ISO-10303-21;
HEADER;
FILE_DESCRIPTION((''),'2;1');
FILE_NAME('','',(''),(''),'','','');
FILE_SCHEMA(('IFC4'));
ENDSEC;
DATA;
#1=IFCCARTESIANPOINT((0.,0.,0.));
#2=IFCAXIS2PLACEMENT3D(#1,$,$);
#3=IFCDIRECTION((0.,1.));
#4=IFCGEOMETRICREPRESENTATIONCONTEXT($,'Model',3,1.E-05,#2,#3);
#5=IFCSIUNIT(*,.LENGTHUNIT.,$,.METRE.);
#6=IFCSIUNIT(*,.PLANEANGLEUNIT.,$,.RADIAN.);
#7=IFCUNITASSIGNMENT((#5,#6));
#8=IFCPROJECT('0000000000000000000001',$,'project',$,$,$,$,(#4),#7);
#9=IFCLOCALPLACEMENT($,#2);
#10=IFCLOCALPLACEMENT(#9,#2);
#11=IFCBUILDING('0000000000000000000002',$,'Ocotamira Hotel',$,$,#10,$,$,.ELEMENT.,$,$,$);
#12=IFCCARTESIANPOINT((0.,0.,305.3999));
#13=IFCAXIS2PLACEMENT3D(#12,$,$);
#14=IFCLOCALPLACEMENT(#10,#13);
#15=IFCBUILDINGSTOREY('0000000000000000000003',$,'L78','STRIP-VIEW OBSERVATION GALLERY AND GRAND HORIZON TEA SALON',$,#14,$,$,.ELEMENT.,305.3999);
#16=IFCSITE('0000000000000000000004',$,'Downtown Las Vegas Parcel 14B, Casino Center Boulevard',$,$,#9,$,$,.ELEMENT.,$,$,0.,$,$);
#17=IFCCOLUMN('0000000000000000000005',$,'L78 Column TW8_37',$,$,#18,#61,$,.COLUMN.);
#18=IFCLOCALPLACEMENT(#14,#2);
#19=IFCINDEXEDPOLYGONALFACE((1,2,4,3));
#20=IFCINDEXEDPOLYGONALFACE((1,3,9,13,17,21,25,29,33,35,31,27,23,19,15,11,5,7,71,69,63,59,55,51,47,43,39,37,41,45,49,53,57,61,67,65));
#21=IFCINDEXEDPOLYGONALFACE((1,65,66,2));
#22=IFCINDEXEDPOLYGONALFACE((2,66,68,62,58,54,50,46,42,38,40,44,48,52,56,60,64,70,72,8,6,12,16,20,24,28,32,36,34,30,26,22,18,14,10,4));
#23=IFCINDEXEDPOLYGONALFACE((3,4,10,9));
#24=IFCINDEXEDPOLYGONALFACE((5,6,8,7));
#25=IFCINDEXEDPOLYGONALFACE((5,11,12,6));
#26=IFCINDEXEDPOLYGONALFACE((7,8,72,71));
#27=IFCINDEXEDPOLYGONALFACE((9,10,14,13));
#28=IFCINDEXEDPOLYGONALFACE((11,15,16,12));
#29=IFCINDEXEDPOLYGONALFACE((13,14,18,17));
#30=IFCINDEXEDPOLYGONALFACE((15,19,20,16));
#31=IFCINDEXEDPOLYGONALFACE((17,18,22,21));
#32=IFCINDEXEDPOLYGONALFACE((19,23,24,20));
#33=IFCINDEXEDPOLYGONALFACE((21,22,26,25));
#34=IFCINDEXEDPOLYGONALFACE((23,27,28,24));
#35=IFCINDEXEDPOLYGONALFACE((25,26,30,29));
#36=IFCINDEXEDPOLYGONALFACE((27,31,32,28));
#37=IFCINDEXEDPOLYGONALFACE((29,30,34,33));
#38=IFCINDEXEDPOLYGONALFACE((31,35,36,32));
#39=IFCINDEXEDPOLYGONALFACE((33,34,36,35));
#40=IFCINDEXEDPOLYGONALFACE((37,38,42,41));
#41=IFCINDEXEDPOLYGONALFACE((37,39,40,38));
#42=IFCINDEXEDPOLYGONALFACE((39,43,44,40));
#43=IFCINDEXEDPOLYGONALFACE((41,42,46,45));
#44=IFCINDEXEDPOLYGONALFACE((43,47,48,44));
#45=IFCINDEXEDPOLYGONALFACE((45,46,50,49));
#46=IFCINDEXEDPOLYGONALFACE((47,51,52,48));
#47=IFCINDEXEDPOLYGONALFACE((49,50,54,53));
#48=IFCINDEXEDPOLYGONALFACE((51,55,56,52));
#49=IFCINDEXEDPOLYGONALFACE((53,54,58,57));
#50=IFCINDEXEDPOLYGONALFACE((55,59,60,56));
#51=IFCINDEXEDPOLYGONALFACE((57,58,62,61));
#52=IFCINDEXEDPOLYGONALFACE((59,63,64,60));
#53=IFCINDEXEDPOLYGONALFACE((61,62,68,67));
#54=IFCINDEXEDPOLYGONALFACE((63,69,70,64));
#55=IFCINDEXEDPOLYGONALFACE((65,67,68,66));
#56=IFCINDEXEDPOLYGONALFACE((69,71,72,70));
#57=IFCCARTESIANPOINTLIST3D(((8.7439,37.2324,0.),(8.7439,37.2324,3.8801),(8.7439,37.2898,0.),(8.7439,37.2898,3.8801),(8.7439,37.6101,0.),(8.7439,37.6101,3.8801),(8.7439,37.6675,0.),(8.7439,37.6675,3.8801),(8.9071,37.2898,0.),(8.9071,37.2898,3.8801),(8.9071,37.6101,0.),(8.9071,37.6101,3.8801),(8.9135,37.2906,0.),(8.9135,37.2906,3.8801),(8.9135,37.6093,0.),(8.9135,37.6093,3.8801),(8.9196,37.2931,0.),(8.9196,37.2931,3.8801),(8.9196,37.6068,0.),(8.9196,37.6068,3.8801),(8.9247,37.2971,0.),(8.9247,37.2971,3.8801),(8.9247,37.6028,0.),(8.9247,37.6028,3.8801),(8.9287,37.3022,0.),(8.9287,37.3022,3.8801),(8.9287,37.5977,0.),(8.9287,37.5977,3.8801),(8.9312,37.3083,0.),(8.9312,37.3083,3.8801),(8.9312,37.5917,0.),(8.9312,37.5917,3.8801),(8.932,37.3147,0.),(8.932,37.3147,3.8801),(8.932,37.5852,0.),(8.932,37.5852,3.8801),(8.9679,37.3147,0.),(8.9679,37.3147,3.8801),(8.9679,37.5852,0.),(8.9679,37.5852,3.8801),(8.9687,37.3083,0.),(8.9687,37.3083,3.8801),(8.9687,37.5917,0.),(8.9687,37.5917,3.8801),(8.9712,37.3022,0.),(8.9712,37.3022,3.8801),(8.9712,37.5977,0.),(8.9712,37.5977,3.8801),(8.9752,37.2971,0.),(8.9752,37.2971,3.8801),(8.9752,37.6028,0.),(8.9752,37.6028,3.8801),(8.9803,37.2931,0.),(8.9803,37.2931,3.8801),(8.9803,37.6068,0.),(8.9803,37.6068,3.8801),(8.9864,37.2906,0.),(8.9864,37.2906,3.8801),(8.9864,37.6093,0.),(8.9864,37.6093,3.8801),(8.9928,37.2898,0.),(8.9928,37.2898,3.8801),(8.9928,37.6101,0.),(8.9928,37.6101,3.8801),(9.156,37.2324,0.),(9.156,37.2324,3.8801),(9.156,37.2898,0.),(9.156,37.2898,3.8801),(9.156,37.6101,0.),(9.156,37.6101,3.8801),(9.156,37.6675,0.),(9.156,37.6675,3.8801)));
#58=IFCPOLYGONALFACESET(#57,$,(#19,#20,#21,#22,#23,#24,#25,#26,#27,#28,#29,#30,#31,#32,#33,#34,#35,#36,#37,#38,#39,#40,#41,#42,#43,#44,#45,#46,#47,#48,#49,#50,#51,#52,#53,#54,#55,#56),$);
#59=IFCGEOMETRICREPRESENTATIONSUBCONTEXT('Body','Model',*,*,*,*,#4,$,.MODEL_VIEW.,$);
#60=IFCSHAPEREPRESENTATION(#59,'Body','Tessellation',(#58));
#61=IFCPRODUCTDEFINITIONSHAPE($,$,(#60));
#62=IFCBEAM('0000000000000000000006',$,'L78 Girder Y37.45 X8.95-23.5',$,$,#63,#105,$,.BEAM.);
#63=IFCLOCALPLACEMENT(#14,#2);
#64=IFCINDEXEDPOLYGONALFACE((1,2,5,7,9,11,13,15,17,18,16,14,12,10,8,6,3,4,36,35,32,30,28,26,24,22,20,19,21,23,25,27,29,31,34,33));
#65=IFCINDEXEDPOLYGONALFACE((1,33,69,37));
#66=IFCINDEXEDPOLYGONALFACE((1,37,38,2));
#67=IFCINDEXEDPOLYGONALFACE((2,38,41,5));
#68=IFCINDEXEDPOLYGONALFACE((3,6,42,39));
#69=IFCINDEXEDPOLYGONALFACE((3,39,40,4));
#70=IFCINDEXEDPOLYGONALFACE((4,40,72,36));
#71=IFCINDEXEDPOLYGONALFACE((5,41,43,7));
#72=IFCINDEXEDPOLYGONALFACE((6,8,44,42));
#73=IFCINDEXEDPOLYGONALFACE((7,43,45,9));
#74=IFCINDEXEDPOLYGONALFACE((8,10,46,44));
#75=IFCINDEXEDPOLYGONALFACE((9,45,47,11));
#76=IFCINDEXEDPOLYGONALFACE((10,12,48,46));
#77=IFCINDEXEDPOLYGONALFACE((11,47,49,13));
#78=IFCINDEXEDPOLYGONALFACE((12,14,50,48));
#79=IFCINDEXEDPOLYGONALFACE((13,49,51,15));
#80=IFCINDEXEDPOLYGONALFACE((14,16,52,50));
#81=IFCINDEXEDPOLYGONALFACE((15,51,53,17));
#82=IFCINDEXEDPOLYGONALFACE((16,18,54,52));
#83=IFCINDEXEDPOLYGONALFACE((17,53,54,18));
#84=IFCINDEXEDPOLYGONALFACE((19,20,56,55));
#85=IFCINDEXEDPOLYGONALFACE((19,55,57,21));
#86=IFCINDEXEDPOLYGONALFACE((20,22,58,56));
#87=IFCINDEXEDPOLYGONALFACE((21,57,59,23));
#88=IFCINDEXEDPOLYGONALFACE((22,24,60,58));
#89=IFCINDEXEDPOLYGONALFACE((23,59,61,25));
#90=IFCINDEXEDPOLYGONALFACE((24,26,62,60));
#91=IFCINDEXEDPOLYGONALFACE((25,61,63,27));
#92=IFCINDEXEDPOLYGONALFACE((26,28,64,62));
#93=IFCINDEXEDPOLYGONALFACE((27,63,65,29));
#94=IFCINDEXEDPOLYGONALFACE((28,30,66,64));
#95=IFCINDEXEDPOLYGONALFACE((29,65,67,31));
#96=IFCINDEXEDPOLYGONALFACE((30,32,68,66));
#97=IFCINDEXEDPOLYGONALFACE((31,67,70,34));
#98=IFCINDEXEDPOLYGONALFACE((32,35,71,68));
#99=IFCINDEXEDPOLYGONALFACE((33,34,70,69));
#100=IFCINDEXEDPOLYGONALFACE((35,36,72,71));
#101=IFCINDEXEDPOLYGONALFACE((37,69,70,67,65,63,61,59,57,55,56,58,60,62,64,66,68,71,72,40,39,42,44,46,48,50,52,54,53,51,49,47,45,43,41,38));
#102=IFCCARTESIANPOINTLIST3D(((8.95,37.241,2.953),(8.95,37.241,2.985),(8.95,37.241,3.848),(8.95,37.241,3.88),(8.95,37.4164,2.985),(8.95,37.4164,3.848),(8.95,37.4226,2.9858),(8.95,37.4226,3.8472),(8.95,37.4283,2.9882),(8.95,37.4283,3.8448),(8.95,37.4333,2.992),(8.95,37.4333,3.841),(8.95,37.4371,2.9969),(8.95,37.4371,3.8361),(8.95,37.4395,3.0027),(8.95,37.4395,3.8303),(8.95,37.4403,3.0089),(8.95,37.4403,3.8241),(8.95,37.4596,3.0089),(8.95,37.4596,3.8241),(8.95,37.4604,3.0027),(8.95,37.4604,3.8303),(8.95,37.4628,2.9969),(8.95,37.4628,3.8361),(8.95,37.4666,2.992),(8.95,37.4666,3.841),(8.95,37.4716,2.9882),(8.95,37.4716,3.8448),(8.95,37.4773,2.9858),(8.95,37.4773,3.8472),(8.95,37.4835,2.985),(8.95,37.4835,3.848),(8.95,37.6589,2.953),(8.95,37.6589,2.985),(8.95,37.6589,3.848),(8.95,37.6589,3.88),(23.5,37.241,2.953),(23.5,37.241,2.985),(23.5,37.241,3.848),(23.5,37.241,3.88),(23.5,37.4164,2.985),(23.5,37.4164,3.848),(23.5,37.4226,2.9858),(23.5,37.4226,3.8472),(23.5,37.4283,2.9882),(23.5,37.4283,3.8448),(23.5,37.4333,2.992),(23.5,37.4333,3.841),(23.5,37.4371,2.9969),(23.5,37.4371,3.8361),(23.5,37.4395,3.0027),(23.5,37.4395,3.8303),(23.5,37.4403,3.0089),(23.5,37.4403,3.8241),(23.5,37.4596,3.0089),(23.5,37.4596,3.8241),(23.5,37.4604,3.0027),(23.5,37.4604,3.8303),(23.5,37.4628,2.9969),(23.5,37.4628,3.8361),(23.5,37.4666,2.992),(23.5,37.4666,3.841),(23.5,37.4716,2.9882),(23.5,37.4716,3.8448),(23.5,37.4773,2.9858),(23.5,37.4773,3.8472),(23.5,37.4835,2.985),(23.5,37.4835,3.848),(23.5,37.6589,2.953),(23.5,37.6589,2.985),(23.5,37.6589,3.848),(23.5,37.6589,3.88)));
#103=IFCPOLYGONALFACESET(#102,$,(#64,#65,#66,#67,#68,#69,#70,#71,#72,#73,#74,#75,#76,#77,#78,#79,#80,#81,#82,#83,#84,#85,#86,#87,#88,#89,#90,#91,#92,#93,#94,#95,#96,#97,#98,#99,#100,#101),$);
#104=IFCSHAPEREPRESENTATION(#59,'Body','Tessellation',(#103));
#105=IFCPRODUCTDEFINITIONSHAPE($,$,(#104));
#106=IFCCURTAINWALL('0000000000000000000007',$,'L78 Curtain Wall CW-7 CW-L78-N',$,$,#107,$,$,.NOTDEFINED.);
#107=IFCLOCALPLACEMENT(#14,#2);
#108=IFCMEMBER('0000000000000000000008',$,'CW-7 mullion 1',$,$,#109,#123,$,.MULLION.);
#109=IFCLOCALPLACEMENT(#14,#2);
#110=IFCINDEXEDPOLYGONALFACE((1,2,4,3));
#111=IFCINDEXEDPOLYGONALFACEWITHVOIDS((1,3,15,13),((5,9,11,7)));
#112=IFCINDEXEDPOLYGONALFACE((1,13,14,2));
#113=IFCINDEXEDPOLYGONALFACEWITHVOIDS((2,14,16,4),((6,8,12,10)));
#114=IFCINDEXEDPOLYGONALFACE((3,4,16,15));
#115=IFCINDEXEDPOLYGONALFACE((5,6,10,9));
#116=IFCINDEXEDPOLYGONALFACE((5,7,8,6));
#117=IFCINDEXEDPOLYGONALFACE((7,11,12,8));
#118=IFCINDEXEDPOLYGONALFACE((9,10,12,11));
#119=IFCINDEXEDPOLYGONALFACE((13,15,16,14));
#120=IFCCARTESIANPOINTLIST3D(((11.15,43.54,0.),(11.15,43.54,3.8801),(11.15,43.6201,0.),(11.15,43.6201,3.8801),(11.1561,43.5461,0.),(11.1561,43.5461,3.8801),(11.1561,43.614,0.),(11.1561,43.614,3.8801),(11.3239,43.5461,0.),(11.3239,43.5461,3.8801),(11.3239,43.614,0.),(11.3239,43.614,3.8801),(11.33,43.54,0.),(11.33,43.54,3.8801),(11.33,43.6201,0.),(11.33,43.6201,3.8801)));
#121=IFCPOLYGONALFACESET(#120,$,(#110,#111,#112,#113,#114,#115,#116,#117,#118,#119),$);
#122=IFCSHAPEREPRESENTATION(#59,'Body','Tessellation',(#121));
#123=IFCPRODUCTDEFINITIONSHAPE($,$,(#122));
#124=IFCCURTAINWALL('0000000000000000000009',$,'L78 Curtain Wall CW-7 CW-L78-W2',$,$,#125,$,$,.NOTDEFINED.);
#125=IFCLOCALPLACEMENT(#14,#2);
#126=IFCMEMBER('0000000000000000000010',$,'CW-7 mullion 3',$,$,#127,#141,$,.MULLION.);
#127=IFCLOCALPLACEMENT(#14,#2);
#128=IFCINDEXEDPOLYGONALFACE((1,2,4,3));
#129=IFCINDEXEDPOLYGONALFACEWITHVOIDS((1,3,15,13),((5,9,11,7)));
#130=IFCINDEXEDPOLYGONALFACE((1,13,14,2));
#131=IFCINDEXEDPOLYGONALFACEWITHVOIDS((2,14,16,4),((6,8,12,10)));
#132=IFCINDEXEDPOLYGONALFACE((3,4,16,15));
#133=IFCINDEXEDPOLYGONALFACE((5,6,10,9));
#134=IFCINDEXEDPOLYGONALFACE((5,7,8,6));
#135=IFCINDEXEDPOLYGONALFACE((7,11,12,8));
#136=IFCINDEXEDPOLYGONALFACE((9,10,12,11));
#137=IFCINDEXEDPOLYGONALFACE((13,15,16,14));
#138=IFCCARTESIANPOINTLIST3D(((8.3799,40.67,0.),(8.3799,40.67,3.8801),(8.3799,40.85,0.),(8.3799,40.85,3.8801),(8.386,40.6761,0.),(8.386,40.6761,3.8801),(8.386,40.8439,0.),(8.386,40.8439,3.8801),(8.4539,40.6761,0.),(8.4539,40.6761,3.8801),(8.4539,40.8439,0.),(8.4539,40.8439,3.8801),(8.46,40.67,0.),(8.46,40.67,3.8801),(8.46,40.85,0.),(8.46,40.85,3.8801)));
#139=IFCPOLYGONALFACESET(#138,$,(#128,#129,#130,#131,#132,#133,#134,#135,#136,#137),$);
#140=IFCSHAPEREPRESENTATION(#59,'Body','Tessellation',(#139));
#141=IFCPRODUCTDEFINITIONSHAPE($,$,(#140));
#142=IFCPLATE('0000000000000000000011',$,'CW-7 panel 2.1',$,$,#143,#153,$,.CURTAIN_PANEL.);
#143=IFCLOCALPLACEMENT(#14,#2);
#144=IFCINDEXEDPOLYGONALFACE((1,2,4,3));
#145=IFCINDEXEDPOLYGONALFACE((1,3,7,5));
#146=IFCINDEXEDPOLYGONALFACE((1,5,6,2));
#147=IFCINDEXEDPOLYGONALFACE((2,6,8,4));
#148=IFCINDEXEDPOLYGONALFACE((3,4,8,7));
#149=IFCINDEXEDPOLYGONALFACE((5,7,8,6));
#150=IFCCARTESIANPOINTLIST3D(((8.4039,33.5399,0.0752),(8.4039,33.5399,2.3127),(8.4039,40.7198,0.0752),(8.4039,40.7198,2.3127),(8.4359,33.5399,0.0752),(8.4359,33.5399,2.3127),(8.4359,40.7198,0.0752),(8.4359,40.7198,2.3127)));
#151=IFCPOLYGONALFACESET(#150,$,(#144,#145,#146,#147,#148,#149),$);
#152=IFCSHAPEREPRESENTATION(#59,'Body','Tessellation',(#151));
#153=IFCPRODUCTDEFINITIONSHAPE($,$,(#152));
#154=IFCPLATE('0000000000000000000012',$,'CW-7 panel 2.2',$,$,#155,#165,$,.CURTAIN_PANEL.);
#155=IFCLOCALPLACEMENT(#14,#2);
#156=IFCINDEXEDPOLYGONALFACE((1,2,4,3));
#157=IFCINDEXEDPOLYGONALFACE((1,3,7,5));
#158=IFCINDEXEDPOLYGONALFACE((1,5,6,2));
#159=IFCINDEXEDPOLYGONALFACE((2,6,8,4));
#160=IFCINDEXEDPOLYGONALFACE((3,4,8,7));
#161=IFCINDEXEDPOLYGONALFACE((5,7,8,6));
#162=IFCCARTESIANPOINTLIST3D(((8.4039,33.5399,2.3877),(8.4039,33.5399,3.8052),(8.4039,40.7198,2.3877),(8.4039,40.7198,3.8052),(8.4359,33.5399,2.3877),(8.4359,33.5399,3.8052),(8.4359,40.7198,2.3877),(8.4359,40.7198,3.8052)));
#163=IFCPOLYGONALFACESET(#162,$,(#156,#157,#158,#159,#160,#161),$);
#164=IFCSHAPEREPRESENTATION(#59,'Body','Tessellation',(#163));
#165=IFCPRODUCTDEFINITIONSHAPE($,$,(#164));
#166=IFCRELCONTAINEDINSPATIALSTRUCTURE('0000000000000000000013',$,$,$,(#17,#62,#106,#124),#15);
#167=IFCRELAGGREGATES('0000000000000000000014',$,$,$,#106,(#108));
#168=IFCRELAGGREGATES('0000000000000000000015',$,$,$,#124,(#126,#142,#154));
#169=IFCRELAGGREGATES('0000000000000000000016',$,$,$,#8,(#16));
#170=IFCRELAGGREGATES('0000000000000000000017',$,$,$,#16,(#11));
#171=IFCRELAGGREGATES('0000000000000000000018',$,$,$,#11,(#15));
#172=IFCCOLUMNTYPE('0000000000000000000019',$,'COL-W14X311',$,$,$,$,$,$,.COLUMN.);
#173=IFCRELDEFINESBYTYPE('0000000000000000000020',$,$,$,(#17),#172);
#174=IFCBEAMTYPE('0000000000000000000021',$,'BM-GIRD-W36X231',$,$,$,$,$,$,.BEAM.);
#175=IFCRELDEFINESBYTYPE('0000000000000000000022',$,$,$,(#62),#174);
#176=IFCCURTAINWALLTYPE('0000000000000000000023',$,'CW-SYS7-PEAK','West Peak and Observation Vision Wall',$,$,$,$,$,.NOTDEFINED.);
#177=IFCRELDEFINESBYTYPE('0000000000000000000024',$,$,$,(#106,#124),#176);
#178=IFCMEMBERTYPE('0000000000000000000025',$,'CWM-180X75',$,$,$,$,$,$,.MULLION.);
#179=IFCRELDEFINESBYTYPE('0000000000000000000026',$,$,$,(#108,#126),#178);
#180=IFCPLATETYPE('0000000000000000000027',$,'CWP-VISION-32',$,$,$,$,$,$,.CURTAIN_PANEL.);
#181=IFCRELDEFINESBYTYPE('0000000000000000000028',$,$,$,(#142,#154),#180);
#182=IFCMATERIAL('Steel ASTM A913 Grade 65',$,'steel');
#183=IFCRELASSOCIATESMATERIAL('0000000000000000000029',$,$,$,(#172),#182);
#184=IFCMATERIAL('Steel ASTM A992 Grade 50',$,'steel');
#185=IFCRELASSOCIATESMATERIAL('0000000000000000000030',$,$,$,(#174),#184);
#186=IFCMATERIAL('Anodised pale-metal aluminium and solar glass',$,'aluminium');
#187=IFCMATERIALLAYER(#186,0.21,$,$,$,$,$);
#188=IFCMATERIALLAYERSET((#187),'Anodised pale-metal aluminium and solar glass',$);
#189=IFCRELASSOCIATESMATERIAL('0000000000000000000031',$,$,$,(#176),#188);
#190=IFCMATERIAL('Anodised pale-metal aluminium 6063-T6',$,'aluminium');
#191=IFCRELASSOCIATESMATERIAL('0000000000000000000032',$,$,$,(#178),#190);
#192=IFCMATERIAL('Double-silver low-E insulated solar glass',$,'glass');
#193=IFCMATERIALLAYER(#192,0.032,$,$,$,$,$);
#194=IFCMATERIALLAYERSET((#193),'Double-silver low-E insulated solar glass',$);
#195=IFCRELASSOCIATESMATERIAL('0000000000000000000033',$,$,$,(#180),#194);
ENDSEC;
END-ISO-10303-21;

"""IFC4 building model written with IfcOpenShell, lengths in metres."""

from ifc_helpers import new_model, si_unit, direction, frame, origin, origin_2d, place, context, subcontext, project, spatial, rectangle, hollow_rectangle, i_section, extrude, source, transform, mapped, material, layer, layer_set, material_profile, profile_set, type_object, element, aggregate, save


model = new_model("IFC4")

# Units and contexts
model_context = context("Model", 3, precision=1e-05, world=origin(), true_north=direction((0.0, 1.0)))
body_context = subcontext(model_context, "Body", "Model", "MODEL_VIEW")
ifc_project = project(units=[si_unit("LENGTHUNIT", "METRE"), si_unit("PLANEANGLEUNIT", "RADIAN")], contexts=[model_context])

# Site, building, storey
site_placement = place(None, origin())
site = spatial("IfcSite", under=ifc_project, at=site_placement, Name="Downtown Las Vegas Parcel 14B, Casino Center Boulevard", CompositionType="ELEMENT", RefElevation=0.0)
building_placement = place(site_placement, origin())
building = spatial("IfcBuilding", under=site, at=building_placement, Name="Ocotamira Hotel", CompositionType="ELEMENT")
storey_placement = place(building_placement, frame((0.0, 0.0, 305.3999)))
storey = spatial("IfcBuildingStorey", under=building, at=storey_placement, Name="L78", Description="STRIP-VIEW OBSERVATION GALLERY AND GRAND HORIZON TEA SALON", CompositionType="ELEMENT", Elevation=305.3999)

# Column
ifc_material_1 = material(Name="Steel ASTM A913 Grade 65", Category="steel")
ifc_material_profile_1 = material_profile(ifc_material_1, i_section(OverallWidth=0.4121, OverallDepth=0.4351, WebThickness=0.0359, FlangeThickness=0.0574, FilletRadius=0.0249, at=origin_2d()), Name="W14X311")
ifc_profile_set_1 = profile_set([ifc_material_profile_1], Name="Steel ASTM A913 Grade 65")
column_type = type_object("IfcColumnType", Name="COL-W14X311", PredefinedType="COLUMN", material=ifc_profile_set_1)
shared_shape_1 = source(origin(), body_context, "Body", "SweptSolid", [
    extrude(i_section(OverallWidth=0.4121, OverallDepth=0.4351, WebThickness=0.0359, FlangeThickness=0.0574, FilletRadius=0.0249, at=origin_2d()), origin(), (0.0, 0.0, 1.0), 3.8801),
])
column_placement = place(storey_placement, frame((8.95, 37.45, 0.0), z_axis=(0.0, 0.0, 1.0), x_axis=(1.0, 0.0, 0.0)))
element("IfcColumn", 1, at=column_placement, inside=storey, type_object=column_type, Name="L78 Column TW8_37", PredefinedType="COLUMN", context=body_context, shape_type="MappedRepresentation", body=[
    mapped(shared_shape_1, transform((0.0, 0.0, 0.0), scale=1.0)),
])

# Beam
ifc_material_2 = material(Name="Steel ASTM A992 Grade 50", Category="steel")
ifc_material_profile_2 = material_profile(ifc_material_2, i_section(OverallWidth=0.418, OverallDepth=0.927, WebThickness=0.0193, FlangeThickness=0.032, FilletRadius=0.0239, at=origin_2d()), Name="W36X231")
ifc_profile_set_2 = profile_set([ifc_material_profile_2], Name="Steel ASTM A992 Grade 50")
beam_type = type_object("IfcBeamType", Name="BM-GIRD-W36X231", PredefinedType="BEAM", material=ifc_profile_set_2)
shared_shape_2 = source(origin(), body_context, "Body", "SweptSolid", [
    extrude(i_section(OverallWidth=0.418, OverallDepth=0.927, WebThickness=0.0193, FlangeThickness=0.032, FilletRadius=0.0239, at=origin_2d()), origin(), (0.0, 0.0, 1.0), 14.55),
])
beam_placement = place(storey_placement, frame((8.95, 37.45, 3.4165), z_axis=(1.0, 0.0, 0.0), x_axis=(0.0, 1.0, 0.0)))
element("IfcBeam", 2, at=beam_placement, inside=storey, type_object=beam_type, Name="L78 Girder Y37.45 X8.95-23.5", PredefinedType="BEAM", context=body_context, shape_type="MappedRepresentation", body=[
    mapped(shared_shape_2, transform((0.0, 0.0, 0.0), scale=1.0)),
])

# Curtain wall, member
ifc_material_3 = material(Name="Anodised pale-metal aluminium and solar glass", Category="aluminium")
ifc_layer_1 = layer(ifc_material_3, 0.21)
ifc_layer_set_1 = layer_set([ifc_layer_1], Name="Anodised pale-metal aluminium and solar glass")
curtain_wall_type = type_object("IfcCurtainWallType", Name="CW-SYS7-PEAK", Description="West Peak and Observation Vision Wall", PredefinedType="NOTDEFINED", material=ifc_layer_set_1)
curtain_wall_1_placement = place(storey_placement, origin())
curtain_wall_1 = element("IfcCurtainWall", 3, at=curtain_wall_1_placement, inside=storey, type_object=curtain_wall_type, Name="L78 Curtain Wall CW-7 CW-L78-N", PredefinedType="NOTDEFINED")
ifc_material_4 = material(Name="Anodised pale-metal aluminium 6063-T6", Category="aluminium")
ifc_material_profile_3 = material_profile(ifc_material_4, hollow_rectangle(XDim=0.0801, YDim=0.1799, WallThickness=0.0061, at=origin_2d()), Name="HSS180X80X6")
ifc_profile_set_3 = profile_set([ifc_material_profile_3], Name="Anodised pale-metal aluminium 6063-T6")
member_type = type_object("IfcMemberType", Name="CWM-180X75", PredefinedType="MULLION", material=ifc_profile_set_3)
shared_shape_3 = source(origin(), body_context, "Body", "SweptSolid", [
    extrude(hollow_rectangle(XDim=0.0801, YDim=0.1799, WallThickness=0.0061, at=origin_2d()), origin(), (0.0, 0.0, 1.0), 3.8801),
])
member_1_placement = place(storey_placement, frame((11.24, 43.5801, 0.0), z_axis=(0.0, 0.0, 1.0), x_axis=(0.0, 1.0, 0.0)))
member_1 = element("IfcMember", 4, at=member_1_placement, type_object=member_type, Name="CW-7 mullion 1", PredefinedType="MULLION", context=body_context, shape_type="MappedRepresentation", body=[
    mapped(shared_shape_3, transform((0.0, 0.0, 0.0), scale=1.0)),
])
aggregate(curtain_wall_1, [member_1])

# Curtain wall, member, plates
curtain_wall_2_placement = place(storey_placement, origin())
curtain_wall_2 = element("IfcCurtainWall", 5, at=curtain_wall_2_placement, inside=storey, type_object=curtain_wall_type, Name="L78 Curtain Wall CW-7 CW-L78-W2", PredefinedType="NOTDEFINED")
member_2_placement = place(storey_placement, frame((8.4199, 40.76, 0.0), z_axis=(0.0, 0.0, 1.0), x_axis=(-1.0, 0.0, 0.0)))
member_2 = element("IfcMember", 6, at=member_2_placement, type_object=member_type, Name="CW-7 mullion 3", PredefinedType="MULLION", context=body_context, shape_type="MappedRepresentation", body=[
    mapped(shared_shape_3, transform((0.0, 0.0, 0.0), scale=1.0)),
])
ifc_material_5 = material(Name="Double-silver low-E insulated solar glass", Category="glass")
ifc_layer_2 = layer(ifc_material_5, 0.032)
ifc_layer_set_2 = layer_set([ifc_layer_2], Name="Double-silver low-E insulated solar glass")
plate_type = type_object("IfcPlateType", Name="CWP-VISION-32", PredefinedType="CURTAIN_PANEL", material=ifc_layer_set_2)
shared_shape_4 = source(origin(), body_context, "Body", "SweptSolid", [
    extrude(rectangle(XDim=7.1799, YDim=0.032, at=origin_2d()), origin(), (0.0, 0.0, 1.0), 2.2375),
])
plate_1_placement = place(storey_placement, frame((8.4199, 37.1299, 0.0752), z_axis=(0.0, 0.0, 1.0), x_axis=(0.0, 1.0, 0.0)))
plate_1 = element("IfcPlate", 7, at=plate_1_placement, type_object=plate_type, Name="CW-7 panel 2.1", PredefinedType="CURTAIN_PANEL", context=body_context, shape_type="MappedRepresentation", body=[
    mapped(shared_shape_4, transform((0.0, 0.0, 0.0), scale=1.0)),
])
shared_shape_5 = source(origin(), body_context, "Body", "SweptSolid", [
    extrude(rectangle(XDim=7.1799, YDim=0.032, at=origin_2d()), origin(), (0.0, 0.0, 1.0), 1.4175),
])
plate_2_placement = place(storey_placement, frame((8.4199, 37.1299, 2.3877), z_axis=(0.0, 0.0, 1.0), x_axis=(0.0, 1.0, 0.0)))
plate_2 = element("IfcPlate", 8, at=plate_2_placement, type_object=plate_type, Name="CW-7 panel 2.2", PredefinedType="CURTAIN_PANEL", context=body_context, shape_type="MappedRepresentation", body=[
    mapped(shared_shape_5, transform((0.0, 0.0, 0.0), scale=1.0)),
])
aggregate(curtain_wall_2, [member_2, plate_1, plate_2])

save(model, "model.ifc")
